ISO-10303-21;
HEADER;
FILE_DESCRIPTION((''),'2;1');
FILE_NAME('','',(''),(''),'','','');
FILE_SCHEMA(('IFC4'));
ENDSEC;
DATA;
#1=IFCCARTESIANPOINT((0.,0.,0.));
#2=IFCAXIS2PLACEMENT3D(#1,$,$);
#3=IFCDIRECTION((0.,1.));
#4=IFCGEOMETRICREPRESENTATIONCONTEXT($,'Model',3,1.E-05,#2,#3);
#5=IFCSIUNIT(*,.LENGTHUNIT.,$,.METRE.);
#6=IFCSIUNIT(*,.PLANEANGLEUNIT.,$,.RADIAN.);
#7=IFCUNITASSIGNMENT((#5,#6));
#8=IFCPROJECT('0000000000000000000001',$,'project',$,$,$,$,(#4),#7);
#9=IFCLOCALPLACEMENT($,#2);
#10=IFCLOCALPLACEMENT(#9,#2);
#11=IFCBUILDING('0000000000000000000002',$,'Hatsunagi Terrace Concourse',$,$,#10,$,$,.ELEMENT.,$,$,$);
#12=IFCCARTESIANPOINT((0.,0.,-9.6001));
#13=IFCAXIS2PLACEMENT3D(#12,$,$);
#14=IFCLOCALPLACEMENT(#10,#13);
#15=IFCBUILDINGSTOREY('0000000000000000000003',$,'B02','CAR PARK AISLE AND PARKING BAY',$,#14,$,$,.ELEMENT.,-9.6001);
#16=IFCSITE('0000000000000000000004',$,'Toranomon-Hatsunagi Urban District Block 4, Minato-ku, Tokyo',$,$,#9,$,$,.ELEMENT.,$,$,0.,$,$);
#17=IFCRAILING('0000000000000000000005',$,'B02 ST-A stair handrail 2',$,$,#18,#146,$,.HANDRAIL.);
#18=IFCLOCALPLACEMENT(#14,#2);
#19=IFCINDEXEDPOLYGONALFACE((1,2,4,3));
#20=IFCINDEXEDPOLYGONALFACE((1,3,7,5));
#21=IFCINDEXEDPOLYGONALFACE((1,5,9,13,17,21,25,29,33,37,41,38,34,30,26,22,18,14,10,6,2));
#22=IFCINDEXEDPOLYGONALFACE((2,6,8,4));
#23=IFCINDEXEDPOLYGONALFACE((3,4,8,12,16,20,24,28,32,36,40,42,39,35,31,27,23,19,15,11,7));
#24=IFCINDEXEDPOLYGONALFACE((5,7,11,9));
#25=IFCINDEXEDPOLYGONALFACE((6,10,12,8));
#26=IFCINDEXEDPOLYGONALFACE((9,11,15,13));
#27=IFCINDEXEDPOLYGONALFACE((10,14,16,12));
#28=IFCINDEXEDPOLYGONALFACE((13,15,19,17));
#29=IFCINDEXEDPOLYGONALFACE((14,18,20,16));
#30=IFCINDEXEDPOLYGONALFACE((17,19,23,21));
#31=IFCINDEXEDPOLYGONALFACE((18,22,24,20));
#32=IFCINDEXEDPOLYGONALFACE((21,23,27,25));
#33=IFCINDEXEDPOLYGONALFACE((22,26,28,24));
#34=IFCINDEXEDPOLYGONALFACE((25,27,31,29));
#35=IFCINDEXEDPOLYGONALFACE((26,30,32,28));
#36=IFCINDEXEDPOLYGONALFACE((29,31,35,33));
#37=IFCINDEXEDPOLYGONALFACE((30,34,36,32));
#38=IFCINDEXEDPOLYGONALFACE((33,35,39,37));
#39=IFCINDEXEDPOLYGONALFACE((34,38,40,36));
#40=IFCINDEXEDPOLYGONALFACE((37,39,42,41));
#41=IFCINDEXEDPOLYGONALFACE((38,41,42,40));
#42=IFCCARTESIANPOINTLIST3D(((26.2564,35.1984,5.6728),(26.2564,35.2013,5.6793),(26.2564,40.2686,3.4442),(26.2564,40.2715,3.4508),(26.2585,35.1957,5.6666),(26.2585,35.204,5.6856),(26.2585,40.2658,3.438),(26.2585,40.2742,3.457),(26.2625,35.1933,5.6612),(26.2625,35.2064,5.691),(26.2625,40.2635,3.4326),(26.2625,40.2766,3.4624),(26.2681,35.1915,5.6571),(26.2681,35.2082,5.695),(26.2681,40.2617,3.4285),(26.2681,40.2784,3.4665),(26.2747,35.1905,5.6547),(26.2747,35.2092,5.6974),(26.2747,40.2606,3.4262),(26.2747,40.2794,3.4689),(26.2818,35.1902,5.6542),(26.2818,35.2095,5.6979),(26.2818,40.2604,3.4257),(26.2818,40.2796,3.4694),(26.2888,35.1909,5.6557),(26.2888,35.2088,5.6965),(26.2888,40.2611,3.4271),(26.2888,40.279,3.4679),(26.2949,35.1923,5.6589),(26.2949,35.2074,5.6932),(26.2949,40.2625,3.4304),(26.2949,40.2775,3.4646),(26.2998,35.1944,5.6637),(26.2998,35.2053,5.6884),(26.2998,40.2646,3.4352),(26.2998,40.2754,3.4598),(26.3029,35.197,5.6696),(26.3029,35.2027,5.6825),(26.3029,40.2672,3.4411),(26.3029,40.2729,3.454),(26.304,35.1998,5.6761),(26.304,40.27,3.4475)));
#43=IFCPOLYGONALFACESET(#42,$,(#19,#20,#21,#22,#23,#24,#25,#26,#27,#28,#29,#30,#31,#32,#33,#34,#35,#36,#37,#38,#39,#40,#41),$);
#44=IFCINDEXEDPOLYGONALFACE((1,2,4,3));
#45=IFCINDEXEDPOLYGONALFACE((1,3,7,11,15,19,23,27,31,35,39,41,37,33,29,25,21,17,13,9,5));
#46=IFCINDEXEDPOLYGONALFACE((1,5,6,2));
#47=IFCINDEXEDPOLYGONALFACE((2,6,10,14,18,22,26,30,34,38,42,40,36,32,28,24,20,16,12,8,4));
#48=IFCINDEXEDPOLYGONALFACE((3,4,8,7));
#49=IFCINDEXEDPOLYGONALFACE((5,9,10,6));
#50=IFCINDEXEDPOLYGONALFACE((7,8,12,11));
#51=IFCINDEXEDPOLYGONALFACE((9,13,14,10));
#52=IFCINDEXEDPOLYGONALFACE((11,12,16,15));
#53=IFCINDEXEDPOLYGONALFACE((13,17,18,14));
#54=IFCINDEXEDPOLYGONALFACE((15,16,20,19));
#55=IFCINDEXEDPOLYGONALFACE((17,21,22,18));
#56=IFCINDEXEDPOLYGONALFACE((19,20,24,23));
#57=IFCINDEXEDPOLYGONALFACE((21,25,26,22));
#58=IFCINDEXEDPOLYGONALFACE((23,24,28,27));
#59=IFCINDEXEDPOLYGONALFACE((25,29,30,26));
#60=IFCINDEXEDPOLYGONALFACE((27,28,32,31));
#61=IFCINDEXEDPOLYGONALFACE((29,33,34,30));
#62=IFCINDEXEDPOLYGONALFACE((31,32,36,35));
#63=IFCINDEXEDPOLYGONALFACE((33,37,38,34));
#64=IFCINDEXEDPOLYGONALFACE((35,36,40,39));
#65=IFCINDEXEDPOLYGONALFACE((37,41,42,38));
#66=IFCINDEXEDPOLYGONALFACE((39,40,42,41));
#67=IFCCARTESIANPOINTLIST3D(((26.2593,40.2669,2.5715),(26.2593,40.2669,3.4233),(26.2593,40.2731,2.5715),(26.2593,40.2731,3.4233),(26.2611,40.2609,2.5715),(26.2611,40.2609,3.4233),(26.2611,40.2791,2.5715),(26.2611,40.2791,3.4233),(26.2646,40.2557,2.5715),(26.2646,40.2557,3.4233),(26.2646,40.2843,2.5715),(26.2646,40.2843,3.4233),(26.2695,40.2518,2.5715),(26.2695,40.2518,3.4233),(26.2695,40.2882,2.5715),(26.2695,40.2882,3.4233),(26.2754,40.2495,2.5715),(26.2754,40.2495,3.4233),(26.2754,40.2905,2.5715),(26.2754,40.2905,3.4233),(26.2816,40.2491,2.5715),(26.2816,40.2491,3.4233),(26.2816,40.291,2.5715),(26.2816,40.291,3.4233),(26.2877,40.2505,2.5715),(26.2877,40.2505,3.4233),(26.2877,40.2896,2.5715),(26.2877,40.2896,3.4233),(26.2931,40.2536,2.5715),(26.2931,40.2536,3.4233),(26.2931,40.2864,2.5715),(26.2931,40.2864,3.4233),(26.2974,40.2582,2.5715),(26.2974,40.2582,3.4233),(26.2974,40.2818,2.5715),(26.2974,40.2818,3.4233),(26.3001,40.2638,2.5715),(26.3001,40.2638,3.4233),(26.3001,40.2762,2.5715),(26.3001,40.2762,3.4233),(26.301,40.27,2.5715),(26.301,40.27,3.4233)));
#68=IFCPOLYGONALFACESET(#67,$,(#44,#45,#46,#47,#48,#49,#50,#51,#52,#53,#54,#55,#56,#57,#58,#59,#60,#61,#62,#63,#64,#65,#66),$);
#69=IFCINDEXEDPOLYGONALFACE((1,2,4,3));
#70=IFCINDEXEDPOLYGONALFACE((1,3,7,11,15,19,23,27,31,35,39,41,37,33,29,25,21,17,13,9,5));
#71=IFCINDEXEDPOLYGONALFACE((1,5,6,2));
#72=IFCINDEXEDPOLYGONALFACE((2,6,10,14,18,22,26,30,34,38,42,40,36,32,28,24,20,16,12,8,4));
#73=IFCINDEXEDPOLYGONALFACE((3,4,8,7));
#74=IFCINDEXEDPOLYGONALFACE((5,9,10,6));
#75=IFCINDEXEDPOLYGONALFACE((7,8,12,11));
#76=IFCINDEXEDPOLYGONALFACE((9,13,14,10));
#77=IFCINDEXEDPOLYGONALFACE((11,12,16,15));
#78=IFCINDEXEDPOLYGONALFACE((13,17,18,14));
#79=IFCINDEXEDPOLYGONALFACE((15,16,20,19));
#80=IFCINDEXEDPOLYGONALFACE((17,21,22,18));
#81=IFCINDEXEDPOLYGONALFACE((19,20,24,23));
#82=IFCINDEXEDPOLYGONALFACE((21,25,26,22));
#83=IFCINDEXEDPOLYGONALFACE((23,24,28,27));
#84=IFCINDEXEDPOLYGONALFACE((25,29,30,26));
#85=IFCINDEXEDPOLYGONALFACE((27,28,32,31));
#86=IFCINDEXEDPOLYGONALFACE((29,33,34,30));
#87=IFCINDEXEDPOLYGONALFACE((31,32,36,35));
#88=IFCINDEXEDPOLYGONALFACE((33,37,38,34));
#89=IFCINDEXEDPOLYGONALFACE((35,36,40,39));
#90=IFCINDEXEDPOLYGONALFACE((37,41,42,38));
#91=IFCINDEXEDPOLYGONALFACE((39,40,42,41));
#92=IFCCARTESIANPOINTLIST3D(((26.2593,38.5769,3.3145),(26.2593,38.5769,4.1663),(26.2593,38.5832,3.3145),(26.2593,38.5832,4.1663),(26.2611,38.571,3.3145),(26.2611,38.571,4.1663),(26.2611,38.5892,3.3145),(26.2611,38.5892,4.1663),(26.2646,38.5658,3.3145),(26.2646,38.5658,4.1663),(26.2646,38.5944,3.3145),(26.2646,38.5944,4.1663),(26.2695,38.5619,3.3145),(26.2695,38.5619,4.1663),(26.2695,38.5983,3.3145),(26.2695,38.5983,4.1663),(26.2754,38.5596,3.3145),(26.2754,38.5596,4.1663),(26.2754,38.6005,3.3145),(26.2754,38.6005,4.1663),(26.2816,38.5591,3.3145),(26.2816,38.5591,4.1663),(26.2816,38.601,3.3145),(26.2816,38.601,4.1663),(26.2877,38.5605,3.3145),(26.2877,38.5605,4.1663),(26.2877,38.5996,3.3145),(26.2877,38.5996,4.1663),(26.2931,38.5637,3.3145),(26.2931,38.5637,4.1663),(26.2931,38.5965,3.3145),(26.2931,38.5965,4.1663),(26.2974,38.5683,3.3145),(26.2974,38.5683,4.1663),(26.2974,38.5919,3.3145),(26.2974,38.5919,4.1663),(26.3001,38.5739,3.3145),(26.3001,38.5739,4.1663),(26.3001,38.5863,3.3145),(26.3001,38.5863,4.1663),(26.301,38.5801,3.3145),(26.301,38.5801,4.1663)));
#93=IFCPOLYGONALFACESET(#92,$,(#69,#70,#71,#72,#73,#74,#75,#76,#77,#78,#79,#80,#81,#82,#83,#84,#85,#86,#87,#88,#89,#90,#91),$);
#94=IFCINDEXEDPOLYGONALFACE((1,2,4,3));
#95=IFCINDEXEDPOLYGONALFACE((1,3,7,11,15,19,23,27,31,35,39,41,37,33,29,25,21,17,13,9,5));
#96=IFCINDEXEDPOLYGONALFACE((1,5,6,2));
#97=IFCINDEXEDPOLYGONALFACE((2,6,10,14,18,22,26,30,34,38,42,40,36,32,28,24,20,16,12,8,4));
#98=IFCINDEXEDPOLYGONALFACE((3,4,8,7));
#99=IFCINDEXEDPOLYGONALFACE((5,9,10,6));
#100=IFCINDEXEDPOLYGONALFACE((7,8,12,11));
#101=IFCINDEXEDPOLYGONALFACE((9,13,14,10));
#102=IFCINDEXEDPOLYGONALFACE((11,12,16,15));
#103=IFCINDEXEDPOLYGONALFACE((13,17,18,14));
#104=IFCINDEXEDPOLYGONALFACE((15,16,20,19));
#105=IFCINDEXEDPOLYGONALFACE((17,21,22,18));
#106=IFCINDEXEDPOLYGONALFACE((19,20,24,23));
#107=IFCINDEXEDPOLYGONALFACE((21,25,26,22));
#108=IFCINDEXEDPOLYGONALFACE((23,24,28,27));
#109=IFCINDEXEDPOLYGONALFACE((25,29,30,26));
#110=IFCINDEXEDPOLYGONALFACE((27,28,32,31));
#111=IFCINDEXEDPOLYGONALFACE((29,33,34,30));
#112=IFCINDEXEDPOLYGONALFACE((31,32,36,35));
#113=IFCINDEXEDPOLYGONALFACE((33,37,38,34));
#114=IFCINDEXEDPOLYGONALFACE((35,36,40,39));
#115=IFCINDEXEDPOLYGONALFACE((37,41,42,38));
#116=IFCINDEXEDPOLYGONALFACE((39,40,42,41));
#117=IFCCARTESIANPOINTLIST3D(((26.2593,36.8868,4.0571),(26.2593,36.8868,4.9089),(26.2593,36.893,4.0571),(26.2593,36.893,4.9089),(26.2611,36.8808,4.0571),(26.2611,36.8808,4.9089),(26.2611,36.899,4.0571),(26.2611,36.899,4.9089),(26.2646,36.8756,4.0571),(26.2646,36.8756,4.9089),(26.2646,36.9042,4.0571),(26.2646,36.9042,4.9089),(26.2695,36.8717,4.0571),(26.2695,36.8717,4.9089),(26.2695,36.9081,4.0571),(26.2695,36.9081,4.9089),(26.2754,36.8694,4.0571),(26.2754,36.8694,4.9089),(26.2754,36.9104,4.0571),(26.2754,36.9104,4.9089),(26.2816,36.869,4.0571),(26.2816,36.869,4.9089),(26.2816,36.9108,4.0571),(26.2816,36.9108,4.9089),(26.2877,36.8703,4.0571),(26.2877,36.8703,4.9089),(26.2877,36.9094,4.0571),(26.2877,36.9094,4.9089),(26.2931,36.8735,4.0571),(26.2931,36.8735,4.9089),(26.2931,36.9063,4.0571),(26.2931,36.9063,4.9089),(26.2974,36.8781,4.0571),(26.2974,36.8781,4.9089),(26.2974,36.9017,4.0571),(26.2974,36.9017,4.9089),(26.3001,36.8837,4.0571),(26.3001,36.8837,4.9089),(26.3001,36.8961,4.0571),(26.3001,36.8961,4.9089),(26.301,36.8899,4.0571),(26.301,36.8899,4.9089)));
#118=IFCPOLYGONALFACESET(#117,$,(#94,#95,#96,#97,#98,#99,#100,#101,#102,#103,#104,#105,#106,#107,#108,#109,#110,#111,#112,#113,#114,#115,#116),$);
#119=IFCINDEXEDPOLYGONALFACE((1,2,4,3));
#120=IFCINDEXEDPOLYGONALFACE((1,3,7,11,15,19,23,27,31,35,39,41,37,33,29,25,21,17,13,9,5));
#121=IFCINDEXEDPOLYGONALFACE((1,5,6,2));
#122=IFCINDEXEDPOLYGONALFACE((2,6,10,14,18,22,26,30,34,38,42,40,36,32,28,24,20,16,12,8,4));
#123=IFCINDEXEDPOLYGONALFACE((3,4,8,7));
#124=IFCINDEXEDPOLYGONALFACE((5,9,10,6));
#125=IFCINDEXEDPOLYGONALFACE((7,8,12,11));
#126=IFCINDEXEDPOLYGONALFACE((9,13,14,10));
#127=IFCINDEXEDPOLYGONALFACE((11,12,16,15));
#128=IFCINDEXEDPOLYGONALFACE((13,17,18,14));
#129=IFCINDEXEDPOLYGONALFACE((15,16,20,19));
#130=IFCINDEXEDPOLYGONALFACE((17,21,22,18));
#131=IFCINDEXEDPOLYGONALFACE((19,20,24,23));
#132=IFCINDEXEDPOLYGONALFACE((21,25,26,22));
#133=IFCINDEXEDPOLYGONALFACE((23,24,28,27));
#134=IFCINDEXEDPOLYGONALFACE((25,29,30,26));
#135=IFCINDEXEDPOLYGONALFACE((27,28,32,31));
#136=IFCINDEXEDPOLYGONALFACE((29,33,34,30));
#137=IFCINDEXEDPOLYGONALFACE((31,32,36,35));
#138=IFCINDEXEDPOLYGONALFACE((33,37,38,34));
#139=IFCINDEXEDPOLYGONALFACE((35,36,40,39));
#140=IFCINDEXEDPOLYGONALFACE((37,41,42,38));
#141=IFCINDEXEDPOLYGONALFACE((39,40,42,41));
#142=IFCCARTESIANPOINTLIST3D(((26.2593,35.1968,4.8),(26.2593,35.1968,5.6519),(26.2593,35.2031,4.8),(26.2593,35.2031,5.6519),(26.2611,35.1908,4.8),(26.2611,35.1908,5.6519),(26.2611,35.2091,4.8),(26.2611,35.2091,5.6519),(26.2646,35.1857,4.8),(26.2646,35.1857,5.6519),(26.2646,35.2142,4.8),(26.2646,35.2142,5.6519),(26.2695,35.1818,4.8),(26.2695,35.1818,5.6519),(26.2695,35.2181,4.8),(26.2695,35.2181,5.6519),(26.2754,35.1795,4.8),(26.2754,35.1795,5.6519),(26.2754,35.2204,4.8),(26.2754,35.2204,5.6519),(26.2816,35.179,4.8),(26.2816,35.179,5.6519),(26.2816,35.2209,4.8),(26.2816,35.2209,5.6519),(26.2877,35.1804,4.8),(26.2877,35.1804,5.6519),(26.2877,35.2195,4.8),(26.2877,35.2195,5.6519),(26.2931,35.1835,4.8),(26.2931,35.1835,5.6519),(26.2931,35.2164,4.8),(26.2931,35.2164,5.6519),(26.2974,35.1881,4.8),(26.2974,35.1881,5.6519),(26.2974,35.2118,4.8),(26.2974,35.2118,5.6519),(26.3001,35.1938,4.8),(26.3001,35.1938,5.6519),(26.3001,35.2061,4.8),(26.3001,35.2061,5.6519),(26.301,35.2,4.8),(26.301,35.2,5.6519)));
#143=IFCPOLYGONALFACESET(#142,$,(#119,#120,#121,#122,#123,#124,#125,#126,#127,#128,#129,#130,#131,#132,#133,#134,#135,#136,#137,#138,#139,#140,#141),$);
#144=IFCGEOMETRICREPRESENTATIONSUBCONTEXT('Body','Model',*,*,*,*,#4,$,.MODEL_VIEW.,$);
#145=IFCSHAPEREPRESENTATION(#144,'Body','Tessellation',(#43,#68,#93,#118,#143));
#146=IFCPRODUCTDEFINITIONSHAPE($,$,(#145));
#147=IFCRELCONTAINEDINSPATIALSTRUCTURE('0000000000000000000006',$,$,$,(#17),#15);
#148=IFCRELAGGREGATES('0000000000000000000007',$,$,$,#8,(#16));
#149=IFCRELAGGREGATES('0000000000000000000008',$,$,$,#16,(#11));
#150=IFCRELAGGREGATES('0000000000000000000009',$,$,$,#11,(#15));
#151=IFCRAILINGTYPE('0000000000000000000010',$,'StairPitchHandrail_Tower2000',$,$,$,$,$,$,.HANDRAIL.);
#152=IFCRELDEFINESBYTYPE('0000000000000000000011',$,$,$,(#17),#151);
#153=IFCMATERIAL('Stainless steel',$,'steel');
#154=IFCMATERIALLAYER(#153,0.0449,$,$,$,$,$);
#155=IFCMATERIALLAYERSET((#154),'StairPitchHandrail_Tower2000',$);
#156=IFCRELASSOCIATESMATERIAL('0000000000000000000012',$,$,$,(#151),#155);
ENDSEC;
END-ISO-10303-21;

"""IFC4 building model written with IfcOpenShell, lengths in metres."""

from ifc_helpers import new_model, si_unit, direction, frame, origin, origin_2d, place, context, subcontext, project, spatial, circle, extrude, material, layer, layer_set, type_object, element, save


model = new_model("IFC4")

# Units and contexts
model_context = context("Model", 3, precision=1e-05, world=origin(), true_north=direction((0.0, 1.0)))
body_context = subcontext(model_context, "Body", "Model", "MODEL_VIEW")
ifc_project = project(units=[si_unit("LENGTHUNIT", "METRE"), si_unit("PLANEANGLEUNIT", "RADIAN")], contexts=[model_context])

# Site, building, storey
site_placement = place(None, origin())
site = spatial("IfcSite", under=ifc_project, at=site_placement, Name="Toranomon-Hatsunagi Urban District Block 4, Minato-ku, Tokyo", CompositionType="ELEMENT", RefElevation=0.0)
building_placement = place(site_placement, origin())
building = spatial("IfcBuilding", under=site, at=building_placement, Name="Hatsunagi Terrace Concourse", CompositionType="ELEMENT")
storey_placement = place(building_placement, frame((0.0, 0.0, -9.6001)))
storey = spatial("IfcBuildingStorey", under=building, at=storey_placement, Name="B02", Description="CAR PARK AISLE AND PARKING BAY", CompositionType="ELEMENT", Elevation=-9.6001)

# Railing
ifc_material_1 = material(Name="Stainless steel", Category="steel")
ifc_layer_1 = layer(ifc_material_1, 0.0449)
ifc_layer_set_1 = layer_set([ifc_layer_1], Name="StairPitchHandrail_Tower2000")
railing_type_1 = type_object("IfcRailingType", Name="StairPitchHandrail_Tower2000", PredefinedType="HANDRAIL", material=ifc_layer_set_1)
railing_1_placement = place(storey_placement, frame((26.28, 40.27, 2.5715)))
element("IfcRailing", 1, at=railing_1_placement, inside=storey, type_object=railing_type_1, Name="B02 ST-A stair handrail 2", PredefinedType="HANDRAIL", context=body_context, shape_type="SweptSolid", body=[
    extrude(circle(Radius=0.0239, at=origin_2d()), frame((0.0, 0.0, 0.876), z_axis=(0.0, -0.915469, 0.402388), x_axis=(1.0, 0.0, 0.0)), (0.0, 0.0, 1.0), 5.5383),
    extrude(circle(Radius=0.021, at=origin_2d()), origin(), (0.0, 0.0, 1.0), 0.8518),
    extrude(circle(Radius=0.021, at=origin_2d()), frame((0.0, -1.6899, 0.7429)), (0.0, 0.0, 1.0), 0.8518),
    extrude(circle(Radius=0.021, at=origin_2d()), frame((0.0, -3.3801, 1.4856)), (0.0, 0.0, 1.0), 0.8518),
    extrude(circle(Radius=0.021, at=origin_2d()), frame((0.0, -5.0701, 2.2285)), (0.0, 0.0, 1.0), 0.8518),
])

save(model, "model.ifc")
